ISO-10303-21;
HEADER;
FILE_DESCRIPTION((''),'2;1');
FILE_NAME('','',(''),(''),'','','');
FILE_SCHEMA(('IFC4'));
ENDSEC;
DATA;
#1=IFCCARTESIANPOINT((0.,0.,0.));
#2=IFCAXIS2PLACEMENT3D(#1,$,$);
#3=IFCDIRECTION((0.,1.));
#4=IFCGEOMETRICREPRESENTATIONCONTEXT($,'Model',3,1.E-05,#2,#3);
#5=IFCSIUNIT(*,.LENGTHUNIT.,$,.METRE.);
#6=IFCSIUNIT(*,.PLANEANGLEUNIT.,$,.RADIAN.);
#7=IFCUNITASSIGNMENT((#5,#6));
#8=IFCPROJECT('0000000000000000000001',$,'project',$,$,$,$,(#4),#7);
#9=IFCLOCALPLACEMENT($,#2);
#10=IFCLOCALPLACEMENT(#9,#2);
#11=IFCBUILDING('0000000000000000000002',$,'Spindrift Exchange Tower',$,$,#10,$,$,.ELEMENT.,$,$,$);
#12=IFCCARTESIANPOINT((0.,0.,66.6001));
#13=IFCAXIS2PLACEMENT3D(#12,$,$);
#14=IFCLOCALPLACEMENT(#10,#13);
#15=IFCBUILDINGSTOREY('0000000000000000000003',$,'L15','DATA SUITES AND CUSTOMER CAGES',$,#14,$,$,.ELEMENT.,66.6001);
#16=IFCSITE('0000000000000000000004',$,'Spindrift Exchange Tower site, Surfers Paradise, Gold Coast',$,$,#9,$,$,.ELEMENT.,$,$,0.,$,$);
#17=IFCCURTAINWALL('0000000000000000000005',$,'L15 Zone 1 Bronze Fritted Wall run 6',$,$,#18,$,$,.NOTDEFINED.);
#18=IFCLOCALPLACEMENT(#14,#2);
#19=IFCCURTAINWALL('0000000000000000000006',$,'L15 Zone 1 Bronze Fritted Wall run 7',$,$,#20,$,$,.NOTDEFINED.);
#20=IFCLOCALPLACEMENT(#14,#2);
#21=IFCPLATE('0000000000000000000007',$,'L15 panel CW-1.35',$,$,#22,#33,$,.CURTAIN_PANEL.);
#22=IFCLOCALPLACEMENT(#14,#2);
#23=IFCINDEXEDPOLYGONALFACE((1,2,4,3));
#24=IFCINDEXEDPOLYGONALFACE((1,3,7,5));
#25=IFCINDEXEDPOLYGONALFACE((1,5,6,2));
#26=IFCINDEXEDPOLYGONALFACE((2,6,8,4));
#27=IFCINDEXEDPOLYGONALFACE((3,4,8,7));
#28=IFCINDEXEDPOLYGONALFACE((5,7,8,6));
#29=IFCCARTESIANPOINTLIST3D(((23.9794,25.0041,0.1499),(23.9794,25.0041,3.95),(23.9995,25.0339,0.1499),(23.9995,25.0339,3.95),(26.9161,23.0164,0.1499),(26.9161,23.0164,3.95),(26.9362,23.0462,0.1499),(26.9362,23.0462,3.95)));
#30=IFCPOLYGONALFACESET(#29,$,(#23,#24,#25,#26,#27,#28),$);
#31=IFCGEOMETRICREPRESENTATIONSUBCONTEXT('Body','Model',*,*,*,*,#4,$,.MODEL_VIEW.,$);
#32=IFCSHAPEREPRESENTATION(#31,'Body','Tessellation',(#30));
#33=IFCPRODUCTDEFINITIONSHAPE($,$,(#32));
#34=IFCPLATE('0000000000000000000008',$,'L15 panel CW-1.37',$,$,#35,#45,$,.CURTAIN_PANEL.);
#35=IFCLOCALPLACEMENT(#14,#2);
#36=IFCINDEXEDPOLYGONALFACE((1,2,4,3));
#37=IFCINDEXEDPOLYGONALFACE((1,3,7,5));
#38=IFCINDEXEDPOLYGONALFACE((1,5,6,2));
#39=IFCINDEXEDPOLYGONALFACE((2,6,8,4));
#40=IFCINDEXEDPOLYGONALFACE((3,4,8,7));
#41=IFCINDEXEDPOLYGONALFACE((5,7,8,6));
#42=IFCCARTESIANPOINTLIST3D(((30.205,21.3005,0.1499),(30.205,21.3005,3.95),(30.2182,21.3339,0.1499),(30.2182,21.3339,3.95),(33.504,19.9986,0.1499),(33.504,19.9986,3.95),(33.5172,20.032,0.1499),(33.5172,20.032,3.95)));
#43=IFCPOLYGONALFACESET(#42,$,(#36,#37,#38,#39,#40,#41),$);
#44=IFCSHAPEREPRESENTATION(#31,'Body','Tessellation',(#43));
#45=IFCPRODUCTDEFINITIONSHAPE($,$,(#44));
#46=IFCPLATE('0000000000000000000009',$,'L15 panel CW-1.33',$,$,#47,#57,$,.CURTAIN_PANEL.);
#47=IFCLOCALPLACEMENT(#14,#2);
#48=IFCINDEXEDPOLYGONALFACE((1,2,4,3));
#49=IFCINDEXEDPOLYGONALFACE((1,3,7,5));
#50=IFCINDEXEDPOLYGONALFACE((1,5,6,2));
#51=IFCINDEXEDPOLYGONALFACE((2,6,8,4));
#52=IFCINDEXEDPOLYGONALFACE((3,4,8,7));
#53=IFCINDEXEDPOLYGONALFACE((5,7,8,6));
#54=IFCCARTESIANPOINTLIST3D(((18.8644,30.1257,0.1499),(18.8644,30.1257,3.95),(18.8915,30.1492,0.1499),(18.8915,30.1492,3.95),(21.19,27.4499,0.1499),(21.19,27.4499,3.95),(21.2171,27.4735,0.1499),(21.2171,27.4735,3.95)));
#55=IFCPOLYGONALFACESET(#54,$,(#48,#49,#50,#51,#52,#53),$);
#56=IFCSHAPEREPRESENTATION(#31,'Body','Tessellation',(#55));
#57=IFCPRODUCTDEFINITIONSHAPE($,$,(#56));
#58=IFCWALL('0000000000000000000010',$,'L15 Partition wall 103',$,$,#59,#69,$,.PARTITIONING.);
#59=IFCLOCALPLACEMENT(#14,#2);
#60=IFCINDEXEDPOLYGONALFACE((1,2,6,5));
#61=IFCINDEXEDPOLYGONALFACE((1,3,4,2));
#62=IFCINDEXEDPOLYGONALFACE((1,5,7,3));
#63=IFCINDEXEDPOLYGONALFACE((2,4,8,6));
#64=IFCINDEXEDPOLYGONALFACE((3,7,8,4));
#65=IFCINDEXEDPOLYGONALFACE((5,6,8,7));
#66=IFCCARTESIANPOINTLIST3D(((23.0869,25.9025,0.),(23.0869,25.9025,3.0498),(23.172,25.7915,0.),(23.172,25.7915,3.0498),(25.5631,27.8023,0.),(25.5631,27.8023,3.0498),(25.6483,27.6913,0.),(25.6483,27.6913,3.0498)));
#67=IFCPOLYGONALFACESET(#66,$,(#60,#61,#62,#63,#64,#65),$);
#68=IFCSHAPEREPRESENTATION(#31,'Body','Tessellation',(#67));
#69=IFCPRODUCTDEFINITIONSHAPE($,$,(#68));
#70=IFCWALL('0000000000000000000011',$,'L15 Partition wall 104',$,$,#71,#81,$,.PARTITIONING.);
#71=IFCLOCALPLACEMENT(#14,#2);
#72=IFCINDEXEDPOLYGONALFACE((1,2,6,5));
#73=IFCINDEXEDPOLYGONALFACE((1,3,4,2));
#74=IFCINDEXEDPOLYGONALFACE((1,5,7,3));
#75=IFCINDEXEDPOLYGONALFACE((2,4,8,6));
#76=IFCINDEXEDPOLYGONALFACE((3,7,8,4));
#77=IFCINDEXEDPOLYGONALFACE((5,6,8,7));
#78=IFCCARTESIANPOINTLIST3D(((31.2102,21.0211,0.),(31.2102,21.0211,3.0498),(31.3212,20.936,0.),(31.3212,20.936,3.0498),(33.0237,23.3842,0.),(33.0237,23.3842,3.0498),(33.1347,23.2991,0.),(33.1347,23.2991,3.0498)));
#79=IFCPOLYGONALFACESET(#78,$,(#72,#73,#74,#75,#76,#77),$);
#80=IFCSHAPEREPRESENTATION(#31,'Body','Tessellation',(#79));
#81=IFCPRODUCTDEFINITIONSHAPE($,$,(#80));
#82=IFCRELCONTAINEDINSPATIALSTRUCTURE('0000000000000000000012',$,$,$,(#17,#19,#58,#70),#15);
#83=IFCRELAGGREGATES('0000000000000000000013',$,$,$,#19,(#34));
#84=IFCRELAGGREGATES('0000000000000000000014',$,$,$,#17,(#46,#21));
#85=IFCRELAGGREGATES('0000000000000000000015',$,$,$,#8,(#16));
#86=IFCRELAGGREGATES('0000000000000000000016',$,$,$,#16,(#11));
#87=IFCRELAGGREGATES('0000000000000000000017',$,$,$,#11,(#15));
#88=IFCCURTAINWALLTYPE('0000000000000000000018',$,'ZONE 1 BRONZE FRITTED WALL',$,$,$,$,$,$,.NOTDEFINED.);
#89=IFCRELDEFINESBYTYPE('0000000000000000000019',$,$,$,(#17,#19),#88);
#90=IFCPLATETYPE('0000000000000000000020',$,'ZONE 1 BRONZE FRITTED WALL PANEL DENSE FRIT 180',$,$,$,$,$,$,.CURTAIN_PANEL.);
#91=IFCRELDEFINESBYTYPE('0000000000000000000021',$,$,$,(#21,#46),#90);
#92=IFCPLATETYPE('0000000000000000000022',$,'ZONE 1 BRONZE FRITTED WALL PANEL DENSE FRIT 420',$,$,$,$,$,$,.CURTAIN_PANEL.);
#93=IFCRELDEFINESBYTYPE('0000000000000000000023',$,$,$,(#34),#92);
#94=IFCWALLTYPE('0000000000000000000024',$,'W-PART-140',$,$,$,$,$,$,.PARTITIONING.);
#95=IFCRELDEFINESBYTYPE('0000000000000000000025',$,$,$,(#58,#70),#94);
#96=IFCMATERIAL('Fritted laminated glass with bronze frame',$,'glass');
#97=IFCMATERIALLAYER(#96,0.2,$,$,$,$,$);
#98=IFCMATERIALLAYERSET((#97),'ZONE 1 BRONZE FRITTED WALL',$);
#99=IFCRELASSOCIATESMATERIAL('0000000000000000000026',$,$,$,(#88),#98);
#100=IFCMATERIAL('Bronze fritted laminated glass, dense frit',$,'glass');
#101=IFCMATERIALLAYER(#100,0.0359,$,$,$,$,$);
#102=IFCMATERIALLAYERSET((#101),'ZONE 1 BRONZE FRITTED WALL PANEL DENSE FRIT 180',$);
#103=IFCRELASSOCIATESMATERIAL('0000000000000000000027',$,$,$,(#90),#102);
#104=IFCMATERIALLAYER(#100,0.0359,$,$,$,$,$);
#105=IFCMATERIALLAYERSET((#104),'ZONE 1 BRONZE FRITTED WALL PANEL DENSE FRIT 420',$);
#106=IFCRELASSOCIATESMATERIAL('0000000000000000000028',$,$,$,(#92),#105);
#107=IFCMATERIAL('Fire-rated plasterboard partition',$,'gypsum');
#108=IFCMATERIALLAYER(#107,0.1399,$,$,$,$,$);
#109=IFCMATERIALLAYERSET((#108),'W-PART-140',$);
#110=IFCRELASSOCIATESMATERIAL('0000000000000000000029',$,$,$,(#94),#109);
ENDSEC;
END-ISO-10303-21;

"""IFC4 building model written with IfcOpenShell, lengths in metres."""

from ifc_helpers import new_model, si_unit, direction, frame, frame_2d, origin, origin_2d, place, context, subcontext, project, spatial, rectangle, extrude, source, transform, mapped, material, layer, layer_set, type_object, element, aggregate, save


model = new_model("IFC4")

# Units and contexts
model_context = context("Model", 3, precision=1e-05, world=origin(), true_north=direction((0.0, 1.0)))
body_context = subcontext(model_context, "Body", "Model", "MODEL_VIEW")
ifc_project = project(units=[si_unit("LENGTHUNIT", "METRE"), si_unit("PLANEANGLEUNIT", "RADIAN")], contexts=[model_context])

# Site, building, storey
site_placement = place(None, origin())
site = spatial("IfcSite", under=ifc_project, at=site_placement, Name="Spindrift Exchange Tower site, Surfers Paradise, Gold Coast", CompositionType="ELEMENT", RefElevation=0.0)
building_placement = place(site_placement, origin())
building = spatial("IfcBuilding", under=site, at=building_placement, Name="Spindrift Exchange Tower", CompositionType="ELEMENT")
storey_placement = place(building_placement, frame((0.0, 0.0, 66.6001)))
storey = spatial("IfcBuildingStorey", under=building, at=storey_placement, Name="L15", Description="DATA SUITES AND CUSTOMER CAGES", CompositionType="ELEMENT", Elevation=66.6001)

# Curtain walls
ifc_material_1 = material(Name="Fritted laminated glass with bronze frame", Category="glass")
ifc_layer_1 = layer(ifc_material_1, 0.2)
ifc_layer_set_1 = layer_set([ifc_layer_1], Name="ZONE 1 BRONZE FRITTED WALL")
curtain_wall_type = type_object("IfcCurtainWallType", Name="ZONE 1 BRONZE FRITTED WALL", PredefinedType="NOTDEFINED", material=ifc_layer_set_1)
curtain_wall_1_placement = place(storey_placement, origin())
curtain_wall_1 = element("IfcCurtainWall", 1, at=curtain_wall_1_placement, inside=storey, type_object=curtain_wall_type, Name="L15 Zone 1 Bronze Fritted Wall run 6", PredefinedType="NOTDEFINED")
curtain_wall_2_placement = place(storey_placement, origin())
curtain_wall_2 = element("IfcCurtainWall", 2, at=curtain_wall_2_placement, inside=storey, type_object=curtain_wall_type, Name="L15 Zone 1 Bronze Fritted Wall run 7", PredefinedType="NOTDEFINED")

# Plates
ifc_material_2 = material(Name="Bronze fritted laminated glass, dense frit", Category="glass")
ifc_layer_2 = layer(ifc_material_2, 0.0359)
ifc_layer_set_2 = layer_set([ifc_layer_2], Name="ZONE 1 BRONZE FRITTED WALL PANEL DENSE FRIT 180")
plate_type_1 = type_object("IfcPlateType", Name="ZONE 1 BRONZE FRITTED WALL PANEL DENSE FRIT 180", PredefinedType="CURTAIN_PANEL", material=ifc_layer_set_2)
ifc_layer_3 = layer(ifc_material_2, 0.0359)
ifc_layer_set_3 = layer_set([ifc_layer_3], Name="ZONE 1 BRONZE FRITTED WALL PANEL DENSE FRIT 420")
plate_type_2 = type_object("IfcPlateType", Name="ZONE 1 BRONZE FRITTED WALL PANEL DENSE FRIT 420", PredefinedType="CURTAIN_PANEL", material=ifc_layer_set_3)
shared_shape_1 = source(origin(), body_context, "Body", "SweptSolid", [
    extrude(rectangle(XDim=3.5461, YDim=0.0359, at=origin_2d()), origin(), (0.0, 0.0, 1.0), 3.8),
])
plate_1_placement = place(storey_placement, frame((25.4578, 24.0251, 0.1499), z_axis=(0.0, 0.0, 1.0), x_axis=(0.82814, -0.560522, 0.0)))
plate_1 = element("IfcPlate", 3, at=plate_1_placement, type_object=plate_type_1, Name="L15 panel CW-1.35", PredefinedType="CURTAIN_PANEL", context=body_context, shape_type="MappedRepresentation", body=[
    mapped(shared_shape_1, transform((0.0, 0.0, 0.0), scale=1.0)),
])
shared_shape_2 = source(origin(), body_context, "Body", "SweptSolid", [
    extrude(rectangle(XDim=3.5466, YDim=0.0359, at=origin_2d()), origin(), (0.0, 0.0, 1.0), 3.8),
])
plate_2_placement = place(storey_placement, frame((31.8611, 20.6663, 0.1499), z_axis=(0.0, 0.0, 1.0), x_axis=(0.930188, -0.367084, 0.0)))
plate_2 = element("IfcPlate", 4, at=plate_2_placement, type_object=plate_type_2, Name="L15 panel CW-1.37", PredefinedType="CURTAIN_PANEL", context=body_context, shape_type="MappedRepresentation", body=[
    mapped(shared_shape_2, transform((0.0, 0.0, 0.0), scale=1.0)),
])
aggregate(curtain_wall_2, [plate_2])
shared_shape_3 = source(origin(), body_context, "Body", "SweptSolid", [
    extrude(rectangle(XDim=3.5452, YDim=0.0359, at=origin_2d()), origin(), (0.0, 0.0, 1.0), 3.8),
])
plate_3_placement = place(storey_placement, frame((20.0408, 28.7996, 0.1499), z_axis=(0.0, 0.0, 1.0), x_axis=(0.656004, -0.754758, 0.0)))
plate_3 = element("IfcPlate", 5, at=plate_3_placement, type_object=plate_type_1, Name="L15 panel CW-1.33", PredefinedType="CURTAIN_PANEL", context=body_context, shape_type="MappedRepresentation", body=[
    mapped(shared_shape_3, transform((0.0, 0.0, 0.0), scale=1.0)),
])
aggregate(curtain_wall_1, [plate_3, plate_1])

# Walls
ifc_material_3 = material(Name="Fire-rated plasterboard partition", Category="gypsum")
ifc_layer_4 = layer(ifc_material_3, 0.1399)
ifc_layer_set_4 = layer_set([ifc_layer_4], Name="W-PART-140")
wall_type = type_object("IfcWallType", Name="W-PART-140", PredefinedType="PARTITIONING", material=ifc_layer_set_4)
wall_1_placement = place(storey_placement, frame((25.6057, 27.7468, 0.0), z_axis=(0.0, 0.0, 1.0), x_axis=(-0.793391, -0.608712, 0.0)))
element("IfcWall", 6, at=wall_1_placement, inside=storey, type_object=wall_type, Name="L15 Partition wall 103", PredefinedType="PARTITIONING", context=body_context, shape_type="SweptSolid", body=[
    extrude(rectangle(XDim=3.1211, YDim=0.1399, at=frame_2d((1.5605, 0.0))), origin(), (0.0, 0.0, 1.0), 3.0498),
])
wall_2_placement = place(storey_placement, frame((33.0791, 23.3416, 0.0), z_axis=(0.0, 0.0, 1.0), x_axis=(-0.608815, -0.793312, 0.0)))
element("IfcWall", 7, at=wall_2_placement, inside=storey, type_object=wall_type, Name="L15 Partition wall 104", PredefinedType="PARTITIONING", context=body_context, shape_type="SweptSolid", body=[
    extrude(rectangle(XDim=2.9788, YDim=0.1399, at=frame_2d((1.4893, 0.0))), origin(), (0.0, 0.0, 1.0), 3.0498),
])

save(model, "model.ifc")
